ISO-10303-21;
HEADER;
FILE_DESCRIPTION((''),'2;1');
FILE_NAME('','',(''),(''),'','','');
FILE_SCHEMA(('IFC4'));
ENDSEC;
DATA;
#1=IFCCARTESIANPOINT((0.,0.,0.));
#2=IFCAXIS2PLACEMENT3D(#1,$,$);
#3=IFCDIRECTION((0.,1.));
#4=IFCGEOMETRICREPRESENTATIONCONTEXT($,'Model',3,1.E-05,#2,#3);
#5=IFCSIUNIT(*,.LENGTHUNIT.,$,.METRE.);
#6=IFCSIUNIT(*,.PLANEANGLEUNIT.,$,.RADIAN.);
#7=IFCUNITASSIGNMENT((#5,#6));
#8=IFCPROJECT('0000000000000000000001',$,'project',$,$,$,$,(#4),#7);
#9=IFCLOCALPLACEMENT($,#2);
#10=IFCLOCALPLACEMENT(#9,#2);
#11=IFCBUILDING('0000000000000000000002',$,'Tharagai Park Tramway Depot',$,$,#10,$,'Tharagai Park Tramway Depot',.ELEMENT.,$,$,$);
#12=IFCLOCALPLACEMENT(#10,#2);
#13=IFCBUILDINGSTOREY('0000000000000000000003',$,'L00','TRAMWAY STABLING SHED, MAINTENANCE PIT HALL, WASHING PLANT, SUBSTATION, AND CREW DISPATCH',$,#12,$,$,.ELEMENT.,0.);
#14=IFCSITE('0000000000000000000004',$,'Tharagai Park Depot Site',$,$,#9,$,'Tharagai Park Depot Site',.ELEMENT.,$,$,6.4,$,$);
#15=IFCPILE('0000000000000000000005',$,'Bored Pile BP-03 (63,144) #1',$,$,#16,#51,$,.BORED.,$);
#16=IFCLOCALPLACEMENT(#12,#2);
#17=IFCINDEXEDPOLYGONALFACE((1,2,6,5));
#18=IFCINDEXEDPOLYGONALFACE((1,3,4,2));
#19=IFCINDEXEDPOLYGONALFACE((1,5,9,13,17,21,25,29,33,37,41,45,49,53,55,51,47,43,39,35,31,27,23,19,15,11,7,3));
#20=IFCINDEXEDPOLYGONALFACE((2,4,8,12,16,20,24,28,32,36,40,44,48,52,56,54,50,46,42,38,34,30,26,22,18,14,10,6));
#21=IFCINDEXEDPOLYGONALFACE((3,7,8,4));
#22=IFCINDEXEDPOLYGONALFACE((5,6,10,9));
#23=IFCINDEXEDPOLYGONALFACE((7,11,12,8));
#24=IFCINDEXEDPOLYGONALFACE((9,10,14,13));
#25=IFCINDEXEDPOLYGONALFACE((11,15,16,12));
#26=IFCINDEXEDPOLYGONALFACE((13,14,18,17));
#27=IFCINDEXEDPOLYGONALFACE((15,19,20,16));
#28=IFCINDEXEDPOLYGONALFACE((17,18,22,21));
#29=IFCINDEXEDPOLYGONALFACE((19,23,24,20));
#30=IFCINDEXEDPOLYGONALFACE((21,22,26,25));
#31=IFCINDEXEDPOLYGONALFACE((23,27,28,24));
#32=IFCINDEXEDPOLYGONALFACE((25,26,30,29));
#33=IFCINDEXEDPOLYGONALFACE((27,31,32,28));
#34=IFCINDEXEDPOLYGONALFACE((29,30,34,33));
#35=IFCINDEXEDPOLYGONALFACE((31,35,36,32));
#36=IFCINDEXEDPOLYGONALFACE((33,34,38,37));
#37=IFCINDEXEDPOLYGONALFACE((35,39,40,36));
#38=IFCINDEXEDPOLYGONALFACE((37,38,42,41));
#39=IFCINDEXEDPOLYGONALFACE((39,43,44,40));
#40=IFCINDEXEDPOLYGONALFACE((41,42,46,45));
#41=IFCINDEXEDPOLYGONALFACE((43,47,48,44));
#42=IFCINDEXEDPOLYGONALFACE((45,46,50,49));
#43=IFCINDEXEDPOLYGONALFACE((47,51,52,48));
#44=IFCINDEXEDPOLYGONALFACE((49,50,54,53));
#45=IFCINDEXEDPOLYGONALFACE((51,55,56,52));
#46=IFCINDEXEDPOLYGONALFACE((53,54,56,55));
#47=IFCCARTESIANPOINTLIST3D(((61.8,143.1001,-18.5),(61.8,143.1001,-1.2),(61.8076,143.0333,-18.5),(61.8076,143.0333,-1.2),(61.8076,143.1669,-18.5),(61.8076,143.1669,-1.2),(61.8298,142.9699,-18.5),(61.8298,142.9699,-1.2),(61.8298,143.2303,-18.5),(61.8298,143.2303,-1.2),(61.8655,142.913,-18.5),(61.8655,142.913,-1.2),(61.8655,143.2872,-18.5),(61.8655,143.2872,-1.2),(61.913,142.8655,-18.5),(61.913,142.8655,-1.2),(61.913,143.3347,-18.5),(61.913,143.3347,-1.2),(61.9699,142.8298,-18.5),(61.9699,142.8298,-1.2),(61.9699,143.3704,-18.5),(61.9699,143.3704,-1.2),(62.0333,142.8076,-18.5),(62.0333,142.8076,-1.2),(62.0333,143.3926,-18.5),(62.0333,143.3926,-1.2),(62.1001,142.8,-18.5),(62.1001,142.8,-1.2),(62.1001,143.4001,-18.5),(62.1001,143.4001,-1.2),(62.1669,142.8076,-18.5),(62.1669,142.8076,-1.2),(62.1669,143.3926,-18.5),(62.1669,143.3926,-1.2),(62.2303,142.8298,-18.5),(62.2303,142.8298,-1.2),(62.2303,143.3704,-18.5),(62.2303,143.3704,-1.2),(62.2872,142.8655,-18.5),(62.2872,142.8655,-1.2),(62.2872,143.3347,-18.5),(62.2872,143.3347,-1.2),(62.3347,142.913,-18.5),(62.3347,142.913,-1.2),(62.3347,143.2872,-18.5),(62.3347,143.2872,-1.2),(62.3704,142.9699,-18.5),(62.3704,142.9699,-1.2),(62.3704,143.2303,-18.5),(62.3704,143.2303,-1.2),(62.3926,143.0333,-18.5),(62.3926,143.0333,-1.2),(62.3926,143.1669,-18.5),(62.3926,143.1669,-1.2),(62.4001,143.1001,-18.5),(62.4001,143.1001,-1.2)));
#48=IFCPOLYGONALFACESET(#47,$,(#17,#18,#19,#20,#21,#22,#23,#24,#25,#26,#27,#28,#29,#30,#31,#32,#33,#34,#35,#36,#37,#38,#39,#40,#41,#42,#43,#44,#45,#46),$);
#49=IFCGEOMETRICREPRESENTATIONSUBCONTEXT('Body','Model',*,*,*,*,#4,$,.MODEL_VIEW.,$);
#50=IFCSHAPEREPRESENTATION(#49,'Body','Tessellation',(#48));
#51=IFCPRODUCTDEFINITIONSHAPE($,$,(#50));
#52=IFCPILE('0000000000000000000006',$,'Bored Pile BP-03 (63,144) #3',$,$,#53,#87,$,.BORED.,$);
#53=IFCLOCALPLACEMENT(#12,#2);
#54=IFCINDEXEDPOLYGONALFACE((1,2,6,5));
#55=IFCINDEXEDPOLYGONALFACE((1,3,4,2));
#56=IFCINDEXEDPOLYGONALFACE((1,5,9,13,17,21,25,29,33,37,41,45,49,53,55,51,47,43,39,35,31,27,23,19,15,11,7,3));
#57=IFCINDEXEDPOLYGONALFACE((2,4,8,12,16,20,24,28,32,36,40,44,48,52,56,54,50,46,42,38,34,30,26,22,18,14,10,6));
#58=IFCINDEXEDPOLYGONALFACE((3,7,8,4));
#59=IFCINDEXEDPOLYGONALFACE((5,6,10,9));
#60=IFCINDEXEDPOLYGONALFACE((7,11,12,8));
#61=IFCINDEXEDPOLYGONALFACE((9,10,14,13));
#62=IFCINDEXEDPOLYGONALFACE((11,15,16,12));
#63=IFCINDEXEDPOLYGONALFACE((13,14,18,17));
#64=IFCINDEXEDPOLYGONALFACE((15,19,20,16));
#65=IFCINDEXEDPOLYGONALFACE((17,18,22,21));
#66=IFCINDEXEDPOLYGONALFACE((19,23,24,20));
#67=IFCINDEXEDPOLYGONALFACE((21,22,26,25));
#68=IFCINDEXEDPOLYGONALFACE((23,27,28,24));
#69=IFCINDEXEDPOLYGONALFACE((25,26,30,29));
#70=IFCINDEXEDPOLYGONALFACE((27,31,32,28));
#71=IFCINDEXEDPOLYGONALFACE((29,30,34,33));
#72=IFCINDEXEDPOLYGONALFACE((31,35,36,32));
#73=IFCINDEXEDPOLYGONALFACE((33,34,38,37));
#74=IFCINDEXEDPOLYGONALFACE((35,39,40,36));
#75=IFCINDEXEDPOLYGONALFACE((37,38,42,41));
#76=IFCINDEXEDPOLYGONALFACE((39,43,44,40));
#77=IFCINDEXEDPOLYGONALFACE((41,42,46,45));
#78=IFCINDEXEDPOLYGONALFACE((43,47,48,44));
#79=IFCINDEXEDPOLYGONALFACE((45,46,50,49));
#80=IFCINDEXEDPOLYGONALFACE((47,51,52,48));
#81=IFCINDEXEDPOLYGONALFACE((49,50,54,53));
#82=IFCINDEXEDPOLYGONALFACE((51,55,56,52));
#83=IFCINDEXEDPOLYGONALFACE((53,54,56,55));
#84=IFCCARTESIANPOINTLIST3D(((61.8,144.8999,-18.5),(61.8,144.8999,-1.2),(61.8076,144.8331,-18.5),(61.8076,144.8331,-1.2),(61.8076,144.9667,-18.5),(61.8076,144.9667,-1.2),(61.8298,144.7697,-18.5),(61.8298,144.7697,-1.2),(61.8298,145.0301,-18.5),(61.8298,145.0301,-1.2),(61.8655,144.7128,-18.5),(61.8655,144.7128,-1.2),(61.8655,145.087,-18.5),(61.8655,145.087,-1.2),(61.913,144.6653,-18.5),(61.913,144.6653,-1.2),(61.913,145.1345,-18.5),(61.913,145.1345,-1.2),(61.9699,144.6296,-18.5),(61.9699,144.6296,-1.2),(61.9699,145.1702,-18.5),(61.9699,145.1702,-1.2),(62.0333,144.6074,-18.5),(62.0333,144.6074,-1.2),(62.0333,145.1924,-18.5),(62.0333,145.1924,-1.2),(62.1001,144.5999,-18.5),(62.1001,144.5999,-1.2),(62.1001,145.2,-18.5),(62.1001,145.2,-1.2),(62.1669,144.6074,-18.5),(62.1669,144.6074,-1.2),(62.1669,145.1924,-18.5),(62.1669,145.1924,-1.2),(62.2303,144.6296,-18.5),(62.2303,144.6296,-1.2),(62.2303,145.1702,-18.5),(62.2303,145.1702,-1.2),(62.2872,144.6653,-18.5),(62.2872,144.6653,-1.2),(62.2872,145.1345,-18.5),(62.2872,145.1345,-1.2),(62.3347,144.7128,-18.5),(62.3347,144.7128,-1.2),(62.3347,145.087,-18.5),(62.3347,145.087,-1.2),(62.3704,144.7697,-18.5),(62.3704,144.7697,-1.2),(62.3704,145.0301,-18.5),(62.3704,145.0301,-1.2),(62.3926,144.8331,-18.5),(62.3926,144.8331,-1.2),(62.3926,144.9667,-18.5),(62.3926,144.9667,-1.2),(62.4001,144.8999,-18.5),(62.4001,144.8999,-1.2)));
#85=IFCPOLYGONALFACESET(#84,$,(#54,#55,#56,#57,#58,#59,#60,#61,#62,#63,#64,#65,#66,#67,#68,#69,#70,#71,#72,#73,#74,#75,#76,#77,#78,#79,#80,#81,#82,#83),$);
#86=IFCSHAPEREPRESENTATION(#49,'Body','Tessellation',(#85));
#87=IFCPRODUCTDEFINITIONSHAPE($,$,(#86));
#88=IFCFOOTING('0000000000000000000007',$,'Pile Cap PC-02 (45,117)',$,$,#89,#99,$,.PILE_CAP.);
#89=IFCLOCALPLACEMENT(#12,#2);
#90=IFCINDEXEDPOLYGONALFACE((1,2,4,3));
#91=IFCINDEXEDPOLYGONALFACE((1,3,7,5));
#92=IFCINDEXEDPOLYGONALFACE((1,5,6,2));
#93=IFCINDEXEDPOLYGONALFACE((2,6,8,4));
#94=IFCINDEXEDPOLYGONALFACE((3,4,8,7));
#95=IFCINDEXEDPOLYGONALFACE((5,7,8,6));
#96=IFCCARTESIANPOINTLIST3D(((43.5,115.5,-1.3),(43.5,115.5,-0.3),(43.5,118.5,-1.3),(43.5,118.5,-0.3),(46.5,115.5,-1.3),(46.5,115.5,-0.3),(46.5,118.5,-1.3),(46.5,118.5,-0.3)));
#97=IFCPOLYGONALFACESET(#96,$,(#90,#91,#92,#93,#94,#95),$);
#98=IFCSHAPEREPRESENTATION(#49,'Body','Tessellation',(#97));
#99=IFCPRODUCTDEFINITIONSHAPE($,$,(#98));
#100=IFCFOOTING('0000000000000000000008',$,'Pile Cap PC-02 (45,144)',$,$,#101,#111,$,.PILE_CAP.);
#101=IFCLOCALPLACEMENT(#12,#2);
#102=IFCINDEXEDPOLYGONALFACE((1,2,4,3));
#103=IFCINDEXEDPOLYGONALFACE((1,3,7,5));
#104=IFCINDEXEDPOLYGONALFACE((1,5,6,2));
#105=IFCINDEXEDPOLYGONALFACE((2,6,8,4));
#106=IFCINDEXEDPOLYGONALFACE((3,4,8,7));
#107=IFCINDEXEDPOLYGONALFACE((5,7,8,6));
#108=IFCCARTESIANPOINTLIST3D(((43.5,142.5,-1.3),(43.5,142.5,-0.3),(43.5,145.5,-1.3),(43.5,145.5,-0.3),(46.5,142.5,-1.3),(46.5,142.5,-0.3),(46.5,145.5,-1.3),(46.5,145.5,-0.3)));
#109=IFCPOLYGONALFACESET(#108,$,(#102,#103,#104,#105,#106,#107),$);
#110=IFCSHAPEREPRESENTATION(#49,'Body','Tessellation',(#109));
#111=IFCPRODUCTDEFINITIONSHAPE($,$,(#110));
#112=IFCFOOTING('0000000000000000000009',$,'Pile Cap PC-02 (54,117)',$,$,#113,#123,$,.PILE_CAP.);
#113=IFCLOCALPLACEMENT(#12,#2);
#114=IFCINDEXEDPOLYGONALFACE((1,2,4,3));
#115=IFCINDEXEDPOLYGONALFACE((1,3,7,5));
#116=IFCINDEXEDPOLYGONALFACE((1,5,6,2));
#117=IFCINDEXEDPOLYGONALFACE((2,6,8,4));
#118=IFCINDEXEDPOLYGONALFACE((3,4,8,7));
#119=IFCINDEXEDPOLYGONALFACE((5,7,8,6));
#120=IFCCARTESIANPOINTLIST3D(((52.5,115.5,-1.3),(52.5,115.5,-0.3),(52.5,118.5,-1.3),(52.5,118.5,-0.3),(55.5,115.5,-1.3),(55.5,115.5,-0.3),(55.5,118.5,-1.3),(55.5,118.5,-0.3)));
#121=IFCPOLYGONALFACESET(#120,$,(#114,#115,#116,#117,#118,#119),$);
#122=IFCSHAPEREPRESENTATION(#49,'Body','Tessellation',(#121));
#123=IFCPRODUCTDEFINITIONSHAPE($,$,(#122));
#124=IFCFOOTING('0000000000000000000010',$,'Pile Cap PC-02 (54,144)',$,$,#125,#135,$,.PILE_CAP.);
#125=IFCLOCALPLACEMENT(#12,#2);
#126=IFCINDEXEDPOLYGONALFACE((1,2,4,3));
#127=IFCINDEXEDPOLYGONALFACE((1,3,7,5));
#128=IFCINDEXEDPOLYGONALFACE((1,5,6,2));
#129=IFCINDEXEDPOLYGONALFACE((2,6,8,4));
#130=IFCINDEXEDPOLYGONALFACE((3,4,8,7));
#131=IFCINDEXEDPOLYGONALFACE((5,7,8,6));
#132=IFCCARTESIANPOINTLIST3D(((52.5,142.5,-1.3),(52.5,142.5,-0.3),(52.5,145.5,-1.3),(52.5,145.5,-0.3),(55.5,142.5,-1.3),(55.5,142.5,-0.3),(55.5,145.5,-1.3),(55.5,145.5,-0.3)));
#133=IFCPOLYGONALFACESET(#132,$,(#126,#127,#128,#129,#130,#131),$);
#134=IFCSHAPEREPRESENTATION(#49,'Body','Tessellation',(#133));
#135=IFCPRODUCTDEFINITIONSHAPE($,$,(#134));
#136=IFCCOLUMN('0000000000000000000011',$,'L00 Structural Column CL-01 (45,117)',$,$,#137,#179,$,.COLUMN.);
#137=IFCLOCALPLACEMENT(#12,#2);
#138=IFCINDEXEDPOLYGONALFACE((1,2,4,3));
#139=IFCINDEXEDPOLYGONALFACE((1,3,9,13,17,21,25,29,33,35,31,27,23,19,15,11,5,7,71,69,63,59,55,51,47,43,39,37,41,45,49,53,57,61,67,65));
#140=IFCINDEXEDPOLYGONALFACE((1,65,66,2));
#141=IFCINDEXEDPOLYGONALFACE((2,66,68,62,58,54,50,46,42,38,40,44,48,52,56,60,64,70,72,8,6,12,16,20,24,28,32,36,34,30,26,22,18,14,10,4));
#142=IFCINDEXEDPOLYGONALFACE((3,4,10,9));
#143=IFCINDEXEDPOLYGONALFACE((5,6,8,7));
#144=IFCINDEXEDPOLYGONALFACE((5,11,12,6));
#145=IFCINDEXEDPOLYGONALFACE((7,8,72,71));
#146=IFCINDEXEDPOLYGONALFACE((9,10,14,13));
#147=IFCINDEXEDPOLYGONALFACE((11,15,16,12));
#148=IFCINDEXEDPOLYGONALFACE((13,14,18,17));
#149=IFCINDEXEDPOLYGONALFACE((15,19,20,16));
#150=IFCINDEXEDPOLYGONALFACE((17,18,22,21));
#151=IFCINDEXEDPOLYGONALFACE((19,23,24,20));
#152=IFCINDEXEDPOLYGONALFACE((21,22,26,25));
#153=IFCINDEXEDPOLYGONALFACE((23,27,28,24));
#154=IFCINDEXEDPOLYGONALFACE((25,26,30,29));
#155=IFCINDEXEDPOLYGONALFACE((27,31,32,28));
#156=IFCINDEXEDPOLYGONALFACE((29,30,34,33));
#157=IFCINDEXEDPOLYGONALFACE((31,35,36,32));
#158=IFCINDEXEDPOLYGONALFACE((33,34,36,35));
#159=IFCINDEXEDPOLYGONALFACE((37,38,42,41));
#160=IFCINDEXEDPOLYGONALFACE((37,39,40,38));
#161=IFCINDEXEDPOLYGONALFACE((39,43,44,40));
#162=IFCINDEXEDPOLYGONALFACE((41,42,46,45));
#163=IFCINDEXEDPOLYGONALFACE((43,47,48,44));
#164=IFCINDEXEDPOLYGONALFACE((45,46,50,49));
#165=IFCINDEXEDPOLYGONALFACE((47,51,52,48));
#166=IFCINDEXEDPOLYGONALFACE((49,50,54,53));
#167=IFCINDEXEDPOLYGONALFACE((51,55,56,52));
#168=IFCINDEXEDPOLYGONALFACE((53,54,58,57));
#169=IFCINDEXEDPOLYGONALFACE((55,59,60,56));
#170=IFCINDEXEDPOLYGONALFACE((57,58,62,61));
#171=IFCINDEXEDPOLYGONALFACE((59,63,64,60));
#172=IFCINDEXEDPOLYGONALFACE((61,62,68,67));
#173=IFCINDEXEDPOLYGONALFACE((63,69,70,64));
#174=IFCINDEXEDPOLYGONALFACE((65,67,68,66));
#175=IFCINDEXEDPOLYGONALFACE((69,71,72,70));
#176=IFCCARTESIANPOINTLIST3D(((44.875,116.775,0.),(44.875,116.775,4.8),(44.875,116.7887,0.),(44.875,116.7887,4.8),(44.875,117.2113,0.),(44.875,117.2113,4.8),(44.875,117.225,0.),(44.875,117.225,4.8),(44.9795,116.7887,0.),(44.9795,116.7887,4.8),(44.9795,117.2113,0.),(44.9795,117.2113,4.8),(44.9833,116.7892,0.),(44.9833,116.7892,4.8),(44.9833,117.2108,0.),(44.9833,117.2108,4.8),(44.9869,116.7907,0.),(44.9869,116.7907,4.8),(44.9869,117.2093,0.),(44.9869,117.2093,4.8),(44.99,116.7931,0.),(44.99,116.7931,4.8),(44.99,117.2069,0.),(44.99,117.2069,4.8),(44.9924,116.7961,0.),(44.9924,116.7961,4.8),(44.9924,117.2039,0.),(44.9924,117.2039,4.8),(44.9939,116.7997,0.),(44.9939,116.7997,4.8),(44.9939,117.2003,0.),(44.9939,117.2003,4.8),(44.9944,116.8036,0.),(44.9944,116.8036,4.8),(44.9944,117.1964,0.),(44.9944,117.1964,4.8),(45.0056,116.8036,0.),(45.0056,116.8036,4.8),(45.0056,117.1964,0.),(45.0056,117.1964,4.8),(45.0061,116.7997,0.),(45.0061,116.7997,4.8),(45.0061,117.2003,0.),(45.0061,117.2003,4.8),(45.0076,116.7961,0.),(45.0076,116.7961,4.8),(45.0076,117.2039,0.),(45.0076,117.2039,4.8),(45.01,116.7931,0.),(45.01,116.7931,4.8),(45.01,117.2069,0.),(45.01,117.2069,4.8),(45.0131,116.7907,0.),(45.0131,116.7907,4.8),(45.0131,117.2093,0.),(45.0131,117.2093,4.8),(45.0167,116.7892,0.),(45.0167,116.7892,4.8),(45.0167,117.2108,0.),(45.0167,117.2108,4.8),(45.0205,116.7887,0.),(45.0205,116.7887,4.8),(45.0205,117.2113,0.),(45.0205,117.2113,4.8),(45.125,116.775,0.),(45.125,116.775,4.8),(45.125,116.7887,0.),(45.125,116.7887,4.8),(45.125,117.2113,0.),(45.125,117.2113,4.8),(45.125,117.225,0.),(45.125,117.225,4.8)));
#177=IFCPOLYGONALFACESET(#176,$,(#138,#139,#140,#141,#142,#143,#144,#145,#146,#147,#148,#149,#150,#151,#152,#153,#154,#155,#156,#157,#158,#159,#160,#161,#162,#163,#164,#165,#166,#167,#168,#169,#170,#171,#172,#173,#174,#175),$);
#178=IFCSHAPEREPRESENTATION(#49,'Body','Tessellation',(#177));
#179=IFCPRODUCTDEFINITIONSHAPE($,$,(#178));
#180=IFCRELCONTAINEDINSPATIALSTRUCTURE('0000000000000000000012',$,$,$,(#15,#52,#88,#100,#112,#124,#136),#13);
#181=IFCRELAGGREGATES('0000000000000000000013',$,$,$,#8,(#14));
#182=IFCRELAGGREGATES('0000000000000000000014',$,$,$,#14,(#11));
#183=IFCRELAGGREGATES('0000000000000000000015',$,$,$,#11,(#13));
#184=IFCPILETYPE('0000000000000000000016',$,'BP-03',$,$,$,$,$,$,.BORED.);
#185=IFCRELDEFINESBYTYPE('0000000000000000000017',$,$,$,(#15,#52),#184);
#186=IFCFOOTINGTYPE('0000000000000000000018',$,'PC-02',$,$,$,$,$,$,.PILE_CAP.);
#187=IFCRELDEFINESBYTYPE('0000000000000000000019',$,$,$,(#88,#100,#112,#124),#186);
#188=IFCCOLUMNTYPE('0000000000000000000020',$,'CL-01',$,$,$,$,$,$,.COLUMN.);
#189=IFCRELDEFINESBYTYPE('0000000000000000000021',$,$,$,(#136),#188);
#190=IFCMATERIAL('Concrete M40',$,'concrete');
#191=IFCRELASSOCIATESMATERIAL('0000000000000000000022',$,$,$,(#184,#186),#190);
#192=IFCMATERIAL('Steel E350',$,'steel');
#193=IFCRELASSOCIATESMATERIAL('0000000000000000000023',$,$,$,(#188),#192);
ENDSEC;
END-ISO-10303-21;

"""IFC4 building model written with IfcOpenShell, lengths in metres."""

from ifc_helpers import new_model, si_unit, direction, frame, origin, origin_2d, place, context, subcontext, project, spatial, rectangle, circle, i_section, extrude, material, material_profile, profile_set, type_object, element, save


model = new_model("IFC4")

# Units and contexts
model_context = context("Model", 3, precision=1e-05, world=origin(), true_north=direction((0.0, 1.0)))
body_context = subcontext(model_context, "Body", "Model", "MODEL_VIEW")
ifc_project = project(units=[si_unit("LENGTHUNIT", "METRE"), si_unit("PLANEANGLEUNIT", "RADIAN")], contexts=[model_context])

# Site, building, storey
site_placement = place(None, origin())
site = spatial("IfcSite", under=ifc_project, at=site_placement, Name="Tharagai Park Depot Site", LongName="Tharagai Park Depot Site", CompositionType="ELEMENT", RefElevation=6.4)
building_placement = place(site_placement, origin())
building = spatial("IfcBuilding", under=site, at=building_placement, Name="Tharagai Park Tramway Depot", LongName="Tharagai Park Tramway Depot", CompositionType="ELEMENT")
storey_placement = place(building_placement, origin())
storey = spatial("IfcBuildingStorey", under=building, at=storey_placement, Name="L00", Description="TRAMWAY STABLING SHED, MAINTENANCE PIT HALL, WASHING PLANT, SUBSTATION, AND CREW DISPATCH", CompositionType="ELEMENT", Elevation=0.0)

# Piles
ifc_material_1 = material(Name="Concrete M40", Category="concrete")
ifc_material_profile_1 = material_profile(ifc_material_1, circle(Radius=0.3, at=origin_2d()), Name="PILE D600")
ifc_profile_set_1 = profile_set([ifc_material_profile_1], Name="Concrete M40")
pile_type = type_object("IfcPileType", Name="BP-03", PredefinedType="BORED", material=ifc_profile_set_1)
for number, where, z_axis, x_axis, name in (
    (1, (62.1001, 143.1001, -1.2), (0.0, 0.0, -1.0), (1.0, 0.0, 0.0), "Bored Pile BP-03 (63,144) #1"),
    (2, (62.1001, 144.8999, -1.2), (0.0, 0.0, -1.0), (1.0, 0.0, 0.0), "Bored Pile BP-03 (63,144) #3"),
):
    element("IfcPile", number, at=place(storey_placement, frame(where, z_axis=z_axis, x_axis=x_axis)), inside=storey, type_object=pile_type, Name=name, PredefinedType="BORED", context=body_context, shape_type="SweptSolid", body=[
        extrude(circle(Radius=0.3, at=origin_2d()), origin(), (0.0, 0.0, 1.0), 17.3),
    ])

# Footings
footing_type = type_object("IfcFootingType", Name="PC-02", PredefinedType="PILE_CAP", material=ifc_material_1)
for number, where, z_axis, x_axis, name in (
    (3, (45.0, 117.0, -1.3), (0.0, 0.0, 1.0), (1.0, 0.0, 0.0), "Pile Cap PC-02 (45,117)"),
    (4, (45.0, 144.0, -1.3), (0.0, 0.0, 1.0), (1.0, 0.0, 0.0), "Pile Cap PC-02 (45,144)"),
    (5, (54.0, 117.0, -1.3), (0.0, 0.0, 1.0), (1.0, 0.0, 0.0), "Pile Cap PC-02 (54,117)"),
    (6, (54.0, 144.0, -1.3), (0.0, 0.0, 1.0), (1.0, 0.0, 0.0), "Pile Cap PC-02 (54,144)"),
):
    element("IfcFooting", number, at=place(storey_placement, frame(where, z_axis=z_axis, x_axis=x_axis)), inside=storey, type_object=footing_type, Name=name, PredefinedType="PILE_CAP", context=body_context, shape_type="SweptSolid", body=[
        extrude(rectangle(XDim=3.0, YDim=3.0, at=origin_2d()), origin(), (0.0, 0.0, 1.0), 1.0),
    ])

# Column
ifc_material_2 = material(Name="Steel E350", Category="steel")
ifc_material_profile_2 = material_profile(ifc_material_2, i_section(OverallWidth=0.25, OverallDepth=0.45, WebThickness=0.0112, FlangeThickness=0.0137, FilletRadius=0.0149, at=origin_2d()), Name="ISHB 450")
ifc_profile_set_2 = profile_set([ifc_material_profile_2], Name="Steel E350")
column_type_1 = type_object("IfcColumnType", Name="CL-01", PredefinedType="COLUMN", material=ifc_profile_set_2)
for number, where, z_axis, x_axis, name in (
    (7, (45.0, 117.0, 0.0), (0.0, 0.0, 1.0), (1.0, 0.0, 0.0), "L00 Structural Column CL-01 (45,117)"),
):
    element("IfcColumn", number, at=place(storey_placement, frame(where, z_axis=z_axis, x_axis=x_axis)), inside=storey, type_object=column_type_1, Name=name, PredefinedType="COLUMN", context=body_context, shape_type="SweptSolid", body=[
        extrude(i_section(OverallWidth=0.25, OverallDepth=0.45, WebThickness=0.0112, FlangeThickness=0.0137, FilletRadius=0.0149, at=origin_2d()), origin(), (0.0, 0.0, 1.0), 4.8),
    ])

save(model, "model.ifc")
